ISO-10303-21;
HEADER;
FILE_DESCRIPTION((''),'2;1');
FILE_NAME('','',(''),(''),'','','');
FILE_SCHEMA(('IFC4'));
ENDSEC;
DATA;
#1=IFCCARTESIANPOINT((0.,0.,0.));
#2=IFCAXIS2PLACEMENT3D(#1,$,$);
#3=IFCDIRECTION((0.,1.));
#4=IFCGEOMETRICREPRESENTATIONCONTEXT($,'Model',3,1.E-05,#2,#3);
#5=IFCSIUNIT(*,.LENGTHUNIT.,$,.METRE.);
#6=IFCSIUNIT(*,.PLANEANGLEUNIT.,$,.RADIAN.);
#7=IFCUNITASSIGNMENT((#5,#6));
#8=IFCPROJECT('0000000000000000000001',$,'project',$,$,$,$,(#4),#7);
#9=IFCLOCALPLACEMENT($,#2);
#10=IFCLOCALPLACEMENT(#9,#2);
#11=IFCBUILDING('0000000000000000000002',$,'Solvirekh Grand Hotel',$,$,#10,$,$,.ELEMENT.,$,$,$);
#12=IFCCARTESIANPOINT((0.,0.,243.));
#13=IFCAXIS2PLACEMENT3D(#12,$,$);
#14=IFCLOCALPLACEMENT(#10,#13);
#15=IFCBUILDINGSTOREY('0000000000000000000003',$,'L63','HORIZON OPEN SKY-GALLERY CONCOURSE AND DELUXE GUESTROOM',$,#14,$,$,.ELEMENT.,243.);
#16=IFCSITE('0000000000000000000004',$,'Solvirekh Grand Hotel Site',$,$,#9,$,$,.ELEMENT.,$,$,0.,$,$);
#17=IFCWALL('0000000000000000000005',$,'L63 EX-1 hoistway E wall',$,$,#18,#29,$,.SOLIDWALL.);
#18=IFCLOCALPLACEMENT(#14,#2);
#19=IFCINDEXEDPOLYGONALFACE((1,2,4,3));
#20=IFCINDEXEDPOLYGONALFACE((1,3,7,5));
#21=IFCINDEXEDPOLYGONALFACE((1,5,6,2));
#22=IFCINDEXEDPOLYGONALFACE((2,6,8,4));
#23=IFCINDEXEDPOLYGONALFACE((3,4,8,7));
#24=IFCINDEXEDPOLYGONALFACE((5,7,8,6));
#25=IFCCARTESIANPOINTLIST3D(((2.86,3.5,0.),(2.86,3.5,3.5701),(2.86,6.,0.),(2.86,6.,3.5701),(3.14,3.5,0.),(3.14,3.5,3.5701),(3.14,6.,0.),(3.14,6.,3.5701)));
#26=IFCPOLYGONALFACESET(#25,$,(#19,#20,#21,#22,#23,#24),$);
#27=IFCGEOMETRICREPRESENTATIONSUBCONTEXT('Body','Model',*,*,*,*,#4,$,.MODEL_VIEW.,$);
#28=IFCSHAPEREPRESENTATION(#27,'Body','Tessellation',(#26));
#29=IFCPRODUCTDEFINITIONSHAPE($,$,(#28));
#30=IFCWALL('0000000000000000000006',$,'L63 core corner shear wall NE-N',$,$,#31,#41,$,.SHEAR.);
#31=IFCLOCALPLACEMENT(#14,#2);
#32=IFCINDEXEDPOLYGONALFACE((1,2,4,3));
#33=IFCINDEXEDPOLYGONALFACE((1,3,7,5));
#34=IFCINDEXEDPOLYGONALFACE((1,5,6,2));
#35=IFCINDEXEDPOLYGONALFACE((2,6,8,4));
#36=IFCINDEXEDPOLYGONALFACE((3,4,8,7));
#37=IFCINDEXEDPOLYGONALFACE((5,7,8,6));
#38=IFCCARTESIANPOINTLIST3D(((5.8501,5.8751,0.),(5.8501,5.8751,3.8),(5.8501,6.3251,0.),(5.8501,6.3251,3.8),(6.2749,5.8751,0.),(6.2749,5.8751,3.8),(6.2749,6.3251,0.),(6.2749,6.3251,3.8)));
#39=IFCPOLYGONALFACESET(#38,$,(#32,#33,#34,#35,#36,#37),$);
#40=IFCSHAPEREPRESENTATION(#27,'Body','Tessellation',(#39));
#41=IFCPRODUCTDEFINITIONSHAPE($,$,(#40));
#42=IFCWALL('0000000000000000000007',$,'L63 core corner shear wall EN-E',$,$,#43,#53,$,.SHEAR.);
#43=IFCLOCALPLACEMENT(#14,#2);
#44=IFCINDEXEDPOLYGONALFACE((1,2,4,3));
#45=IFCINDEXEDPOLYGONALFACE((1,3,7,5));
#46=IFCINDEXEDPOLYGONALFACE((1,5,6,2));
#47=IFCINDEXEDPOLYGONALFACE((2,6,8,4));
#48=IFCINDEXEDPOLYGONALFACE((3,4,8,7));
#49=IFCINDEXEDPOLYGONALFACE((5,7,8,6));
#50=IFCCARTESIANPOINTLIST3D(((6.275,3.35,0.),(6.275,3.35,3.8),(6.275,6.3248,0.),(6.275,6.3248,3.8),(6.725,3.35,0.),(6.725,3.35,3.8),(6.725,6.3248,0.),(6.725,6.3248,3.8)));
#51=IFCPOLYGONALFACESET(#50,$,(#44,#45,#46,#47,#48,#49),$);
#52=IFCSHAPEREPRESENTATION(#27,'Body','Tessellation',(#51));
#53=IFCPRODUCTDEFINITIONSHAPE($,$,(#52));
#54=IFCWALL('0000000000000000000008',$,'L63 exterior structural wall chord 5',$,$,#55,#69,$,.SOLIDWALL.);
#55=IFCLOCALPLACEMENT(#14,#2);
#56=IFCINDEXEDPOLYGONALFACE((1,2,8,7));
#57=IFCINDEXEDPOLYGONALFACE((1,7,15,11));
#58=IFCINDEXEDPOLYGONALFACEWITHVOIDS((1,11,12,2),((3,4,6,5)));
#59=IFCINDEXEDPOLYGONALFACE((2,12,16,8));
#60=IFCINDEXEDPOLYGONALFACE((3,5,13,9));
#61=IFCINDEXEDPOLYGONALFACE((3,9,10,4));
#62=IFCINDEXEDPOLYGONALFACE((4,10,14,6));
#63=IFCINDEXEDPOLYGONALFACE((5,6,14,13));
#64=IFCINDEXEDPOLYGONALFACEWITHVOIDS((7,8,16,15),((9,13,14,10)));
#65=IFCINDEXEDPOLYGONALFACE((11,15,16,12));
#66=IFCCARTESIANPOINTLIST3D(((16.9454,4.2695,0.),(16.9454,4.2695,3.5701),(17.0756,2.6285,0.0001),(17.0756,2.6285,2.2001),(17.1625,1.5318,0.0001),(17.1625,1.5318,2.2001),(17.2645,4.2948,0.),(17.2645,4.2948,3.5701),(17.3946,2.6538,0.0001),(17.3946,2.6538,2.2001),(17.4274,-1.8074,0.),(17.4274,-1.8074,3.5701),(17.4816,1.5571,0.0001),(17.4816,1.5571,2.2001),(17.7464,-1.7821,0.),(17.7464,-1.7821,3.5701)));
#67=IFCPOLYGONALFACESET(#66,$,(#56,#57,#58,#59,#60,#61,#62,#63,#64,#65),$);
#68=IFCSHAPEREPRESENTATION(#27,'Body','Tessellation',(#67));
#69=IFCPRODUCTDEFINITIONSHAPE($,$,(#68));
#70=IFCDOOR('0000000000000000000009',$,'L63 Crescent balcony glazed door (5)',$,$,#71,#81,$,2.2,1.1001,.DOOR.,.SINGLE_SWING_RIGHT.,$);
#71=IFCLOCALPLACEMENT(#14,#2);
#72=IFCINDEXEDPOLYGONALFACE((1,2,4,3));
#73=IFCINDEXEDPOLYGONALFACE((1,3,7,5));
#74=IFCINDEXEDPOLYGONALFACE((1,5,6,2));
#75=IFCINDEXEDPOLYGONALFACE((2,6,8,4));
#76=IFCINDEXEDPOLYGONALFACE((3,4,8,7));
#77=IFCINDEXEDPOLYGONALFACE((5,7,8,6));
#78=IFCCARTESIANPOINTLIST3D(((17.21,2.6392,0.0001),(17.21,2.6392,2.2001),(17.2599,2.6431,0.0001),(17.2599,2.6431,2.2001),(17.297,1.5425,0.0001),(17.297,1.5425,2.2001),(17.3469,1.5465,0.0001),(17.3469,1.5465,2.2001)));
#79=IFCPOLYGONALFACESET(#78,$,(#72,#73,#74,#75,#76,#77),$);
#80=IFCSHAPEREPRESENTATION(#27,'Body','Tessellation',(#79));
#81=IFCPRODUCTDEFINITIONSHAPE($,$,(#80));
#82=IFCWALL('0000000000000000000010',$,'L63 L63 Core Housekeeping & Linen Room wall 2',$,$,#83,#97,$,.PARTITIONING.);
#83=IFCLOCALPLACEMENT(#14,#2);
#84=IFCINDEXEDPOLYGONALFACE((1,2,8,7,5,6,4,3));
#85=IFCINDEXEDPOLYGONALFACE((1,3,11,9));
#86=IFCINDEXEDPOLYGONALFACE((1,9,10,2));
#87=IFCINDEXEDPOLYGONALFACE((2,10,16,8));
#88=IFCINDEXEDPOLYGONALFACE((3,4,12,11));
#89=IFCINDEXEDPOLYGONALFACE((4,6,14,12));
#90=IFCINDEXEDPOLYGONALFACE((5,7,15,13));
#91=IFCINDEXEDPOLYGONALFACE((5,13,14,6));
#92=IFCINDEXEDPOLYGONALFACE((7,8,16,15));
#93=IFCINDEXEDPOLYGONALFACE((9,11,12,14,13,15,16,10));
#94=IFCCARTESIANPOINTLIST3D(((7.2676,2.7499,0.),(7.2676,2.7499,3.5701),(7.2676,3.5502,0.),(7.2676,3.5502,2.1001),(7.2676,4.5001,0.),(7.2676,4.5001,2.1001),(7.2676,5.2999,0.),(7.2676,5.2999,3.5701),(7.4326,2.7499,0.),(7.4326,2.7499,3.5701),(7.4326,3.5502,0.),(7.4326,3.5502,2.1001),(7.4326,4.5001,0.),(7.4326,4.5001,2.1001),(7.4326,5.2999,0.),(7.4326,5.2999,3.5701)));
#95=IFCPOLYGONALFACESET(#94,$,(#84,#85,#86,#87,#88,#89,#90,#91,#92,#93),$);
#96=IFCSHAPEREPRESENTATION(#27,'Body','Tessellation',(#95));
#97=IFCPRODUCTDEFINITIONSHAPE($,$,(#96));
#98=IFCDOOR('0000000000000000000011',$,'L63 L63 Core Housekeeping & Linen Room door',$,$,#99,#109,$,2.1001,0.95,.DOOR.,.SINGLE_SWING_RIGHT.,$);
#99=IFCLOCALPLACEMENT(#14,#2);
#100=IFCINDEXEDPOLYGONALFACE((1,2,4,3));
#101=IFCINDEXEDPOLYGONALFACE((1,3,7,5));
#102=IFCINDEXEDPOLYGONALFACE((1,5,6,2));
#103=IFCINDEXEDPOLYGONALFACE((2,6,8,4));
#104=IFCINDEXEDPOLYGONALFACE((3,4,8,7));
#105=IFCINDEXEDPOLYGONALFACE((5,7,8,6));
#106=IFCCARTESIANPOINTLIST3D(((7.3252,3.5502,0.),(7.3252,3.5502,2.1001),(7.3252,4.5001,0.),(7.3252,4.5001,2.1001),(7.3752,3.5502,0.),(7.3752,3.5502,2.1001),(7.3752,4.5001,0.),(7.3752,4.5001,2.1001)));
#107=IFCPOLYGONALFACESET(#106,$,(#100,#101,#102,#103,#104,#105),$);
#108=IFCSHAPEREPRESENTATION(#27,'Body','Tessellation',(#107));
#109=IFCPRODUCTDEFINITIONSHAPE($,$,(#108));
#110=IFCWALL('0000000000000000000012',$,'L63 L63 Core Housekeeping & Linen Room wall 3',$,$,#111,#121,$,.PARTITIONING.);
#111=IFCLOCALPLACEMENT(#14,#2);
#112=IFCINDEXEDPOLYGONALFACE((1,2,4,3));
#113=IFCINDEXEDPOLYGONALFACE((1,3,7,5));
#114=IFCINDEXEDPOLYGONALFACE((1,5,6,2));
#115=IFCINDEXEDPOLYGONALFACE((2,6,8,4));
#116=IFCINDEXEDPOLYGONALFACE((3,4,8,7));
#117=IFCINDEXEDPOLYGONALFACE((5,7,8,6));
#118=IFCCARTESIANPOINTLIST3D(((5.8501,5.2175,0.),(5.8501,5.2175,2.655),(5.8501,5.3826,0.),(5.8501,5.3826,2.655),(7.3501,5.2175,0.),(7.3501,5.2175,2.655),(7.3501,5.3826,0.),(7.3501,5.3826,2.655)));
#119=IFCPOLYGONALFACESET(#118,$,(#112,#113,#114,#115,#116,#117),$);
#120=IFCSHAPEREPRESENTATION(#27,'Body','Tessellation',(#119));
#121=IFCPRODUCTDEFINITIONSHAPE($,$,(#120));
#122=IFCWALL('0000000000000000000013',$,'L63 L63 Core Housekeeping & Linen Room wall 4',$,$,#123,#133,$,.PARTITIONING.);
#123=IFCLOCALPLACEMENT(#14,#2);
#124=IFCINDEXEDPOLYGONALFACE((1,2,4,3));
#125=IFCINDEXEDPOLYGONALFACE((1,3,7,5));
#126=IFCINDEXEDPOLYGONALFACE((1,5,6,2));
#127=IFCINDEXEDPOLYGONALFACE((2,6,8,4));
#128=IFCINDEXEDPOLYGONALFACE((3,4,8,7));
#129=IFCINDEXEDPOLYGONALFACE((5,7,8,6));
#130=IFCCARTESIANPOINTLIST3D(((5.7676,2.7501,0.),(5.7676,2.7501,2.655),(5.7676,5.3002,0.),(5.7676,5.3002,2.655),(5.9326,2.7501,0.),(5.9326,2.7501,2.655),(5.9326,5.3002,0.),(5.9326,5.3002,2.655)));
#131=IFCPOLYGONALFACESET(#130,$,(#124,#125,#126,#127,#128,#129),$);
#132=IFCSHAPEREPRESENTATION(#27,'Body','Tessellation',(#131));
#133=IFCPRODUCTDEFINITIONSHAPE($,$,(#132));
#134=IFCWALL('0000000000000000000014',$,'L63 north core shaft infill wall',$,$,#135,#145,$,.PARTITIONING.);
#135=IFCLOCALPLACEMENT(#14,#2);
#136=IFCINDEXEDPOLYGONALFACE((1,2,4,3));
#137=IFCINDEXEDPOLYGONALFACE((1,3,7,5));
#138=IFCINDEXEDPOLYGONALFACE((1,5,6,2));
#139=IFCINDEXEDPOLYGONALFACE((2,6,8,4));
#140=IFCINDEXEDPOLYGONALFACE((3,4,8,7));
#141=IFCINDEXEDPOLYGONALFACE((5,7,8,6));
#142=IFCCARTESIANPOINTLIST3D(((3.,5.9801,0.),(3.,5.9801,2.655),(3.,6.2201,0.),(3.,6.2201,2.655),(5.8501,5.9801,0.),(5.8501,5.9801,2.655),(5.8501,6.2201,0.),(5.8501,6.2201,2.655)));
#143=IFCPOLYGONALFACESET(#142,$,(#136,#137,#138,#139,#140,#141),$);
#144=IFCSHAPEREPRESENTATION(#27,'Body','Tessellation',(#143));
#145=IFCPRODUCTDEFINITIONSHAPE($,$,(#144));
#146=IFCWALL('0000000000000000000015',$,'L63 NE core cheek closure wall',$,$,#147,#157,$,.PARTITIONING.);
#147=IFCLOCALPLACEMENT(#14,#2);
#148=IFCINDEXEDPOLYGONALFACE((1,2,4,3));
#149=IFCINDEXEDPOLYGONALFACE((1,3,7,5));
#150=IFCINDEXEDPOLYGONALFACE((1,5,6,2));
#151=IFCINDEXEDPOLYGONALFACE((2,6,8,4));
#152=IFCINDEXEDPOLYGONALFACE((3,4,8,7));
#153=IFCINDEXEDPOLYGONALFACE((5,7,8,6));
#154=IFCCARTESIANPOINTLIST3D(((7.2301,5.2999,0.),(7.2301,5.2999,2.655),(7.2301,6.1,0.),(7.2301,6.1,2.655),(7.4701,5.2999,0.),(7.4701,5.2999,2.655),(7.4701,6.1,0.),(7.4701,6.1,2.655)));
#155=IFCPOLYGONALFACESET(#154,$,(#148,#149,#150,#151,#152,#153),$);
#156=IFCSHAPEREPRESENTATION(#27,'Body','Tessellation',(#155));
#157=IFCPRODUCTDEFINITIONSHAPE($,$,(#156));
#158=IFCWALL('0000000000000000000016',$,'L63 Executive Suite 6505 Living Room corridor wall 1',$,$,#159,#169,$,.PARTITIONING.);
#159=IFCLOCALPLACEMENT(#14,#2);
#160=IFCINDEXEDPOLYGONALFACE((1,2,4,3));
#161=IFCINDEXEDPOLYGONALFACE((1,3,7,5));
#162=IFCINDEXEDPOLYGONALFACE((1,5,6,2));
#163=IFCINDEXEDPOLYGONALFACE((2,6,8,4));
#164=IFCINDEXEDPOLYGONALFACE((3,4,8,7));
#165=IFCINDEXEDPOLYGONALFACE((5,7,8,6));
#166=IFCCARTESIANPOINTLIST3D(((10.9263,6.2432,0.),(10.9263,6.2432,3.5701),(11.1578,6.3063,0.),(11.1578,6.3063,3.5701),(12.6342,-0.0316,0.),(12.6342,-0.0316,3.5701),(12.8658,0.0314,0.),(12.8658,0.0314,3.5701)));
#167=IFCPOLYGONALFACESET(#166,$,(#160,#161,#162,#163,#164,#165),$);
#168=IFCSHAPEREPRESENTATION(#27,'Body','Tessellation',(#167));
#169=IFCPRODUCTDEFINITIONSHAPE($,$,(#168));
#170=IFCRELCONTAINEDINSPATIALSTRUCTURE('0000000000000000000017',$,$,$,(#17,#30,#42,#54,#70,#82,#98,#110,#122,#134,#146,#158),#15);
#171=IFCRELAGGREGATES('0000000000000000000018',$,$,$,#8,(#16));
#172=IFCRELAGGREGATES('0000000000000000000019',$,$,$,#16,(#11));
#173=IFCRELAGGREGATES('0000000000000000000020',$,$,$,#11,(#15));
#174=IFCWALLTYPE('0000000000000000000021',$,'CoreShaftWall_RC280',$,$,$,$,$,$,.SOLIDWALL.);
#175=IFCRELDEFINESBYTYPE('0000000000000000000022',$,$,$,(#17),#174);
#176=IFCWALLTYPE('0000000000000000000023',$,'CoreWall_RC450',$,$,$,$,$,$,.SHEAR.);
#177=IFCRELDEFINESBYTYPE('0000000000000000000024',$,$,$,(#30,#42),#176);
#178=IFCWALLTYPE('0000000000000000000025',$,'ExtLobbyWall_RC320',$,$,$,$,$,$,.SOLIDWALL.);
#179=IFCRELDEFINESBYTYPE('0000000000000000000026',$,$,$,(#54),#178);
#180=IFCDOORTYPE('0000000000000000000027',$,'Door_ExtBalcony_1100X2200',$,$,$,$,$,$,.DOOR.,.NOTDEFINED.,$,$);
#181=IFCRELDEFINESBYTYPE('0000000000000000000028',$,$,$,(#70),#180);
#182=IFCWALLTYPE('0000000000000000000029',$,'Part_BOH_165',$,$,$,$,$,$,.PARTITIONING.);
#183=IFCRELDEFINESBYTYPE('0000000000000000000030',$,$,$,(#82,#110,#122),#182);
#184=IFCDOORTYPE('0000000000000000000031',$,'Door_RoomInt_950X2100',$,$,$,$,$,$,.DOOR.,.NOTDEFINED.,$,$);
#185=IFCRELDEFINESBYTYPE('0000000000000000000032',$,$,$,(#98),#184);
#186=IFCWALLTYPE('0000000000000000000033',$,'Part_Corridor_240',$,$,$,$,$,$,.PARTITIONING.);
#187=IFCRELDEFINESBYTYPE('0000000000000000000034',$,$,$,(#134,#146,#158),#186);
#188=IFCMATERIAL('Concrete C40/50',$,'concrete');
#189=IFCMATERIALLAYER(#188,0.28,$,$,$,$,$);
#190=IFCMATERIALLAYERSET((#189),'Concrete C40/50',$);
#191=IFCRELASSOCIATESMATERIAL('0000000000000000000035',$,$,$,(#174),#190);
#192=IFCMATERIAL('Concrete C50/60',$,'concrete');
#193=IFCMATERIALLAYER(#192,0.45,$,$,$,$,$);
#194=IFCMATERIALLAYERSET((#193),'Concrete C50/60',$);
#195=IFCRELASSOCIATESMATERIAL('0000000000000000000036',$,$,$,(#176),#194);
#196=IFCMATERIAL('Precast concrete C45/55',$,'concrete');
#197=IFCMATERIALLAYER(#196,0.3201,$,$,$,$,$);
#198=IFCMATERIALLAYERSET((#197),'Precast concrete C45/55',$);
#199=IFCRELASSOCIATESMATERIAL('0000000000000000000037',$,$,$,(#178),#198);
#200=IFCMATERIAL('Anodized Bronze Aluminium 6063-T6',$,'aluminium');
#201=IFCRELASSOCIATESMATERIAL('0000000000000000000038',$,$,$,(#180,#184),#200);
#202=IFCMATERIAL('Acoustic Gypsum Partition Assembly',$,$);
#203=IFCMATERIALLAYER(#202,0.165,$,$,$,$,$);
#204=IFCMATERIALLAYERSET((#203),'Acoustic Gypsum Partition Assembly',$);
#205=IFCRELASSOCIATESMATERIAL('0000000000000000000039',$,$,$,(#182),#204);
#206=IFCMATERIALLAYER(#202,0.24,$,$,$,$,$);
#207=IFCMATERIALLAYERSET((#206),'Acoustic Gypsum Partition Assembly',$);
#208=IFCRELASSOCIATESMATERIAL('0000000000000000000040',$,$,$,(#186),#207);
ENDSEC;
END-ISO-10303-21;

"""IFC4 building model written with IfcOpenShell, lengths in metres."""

from ifc_helpers import new_model, si_unit, direction, frame, frame_2d, origin, place, context, subcontext, project, spatial, rectangle, extrude, material, layer, layer_set, type_object, element, fill, save


model = new_model("IFC4")

# Units and contexts
model_context = context("Model", 3, precision=1e-05, world=origin(), true_north=direction((0.0, 1.0)))
body_context = subcontext(model_context, "Body", "Model", "MODEL_VIEW")
ifc_project = project(units=[si_unit("LENGTHUNIT", "METRE"), si_unit("PLANEANGLEUNIT", "RADIAN")], contexts=[model_context])

# Site, building, storey
site_placement = place(None, origin())
site = spatial("IfcSite", under=ifc_project, at=site_placement, Name="Solvirekh Grand Hotel Site", CompositionType="ELEMENT", RefElevation=0.0)
building_placement = place(site_placement, origin())
building = spatial("IfcBuilding", under=site, at=building_placement, Name="Solvirekh Grand Hotel", CompositionType="ELEMENT")
storey_placement = place(building_placement, frame((0.0, 0.0, 243.0)))
storey = spatial("IfcBuildingStorey", under=building, at=storey_placement, Name="L63", Description="HORIZON OPEN SKY-GALLERY CONCOURSE AND DELUXE GUESTROOM", CompositionType="ELEMENT", Elevation=243.0)

# Shared definitions
ifc_material_1 = material(Name="Concrete C50/60", Category="concrete")

# Shared definitions
ifc_material_2 = material(Name="Concrete C40/50", Category="concrete")
ifc_layer_1 = layer(ifc_material_2, 0.28)
ifc_layer_set_1 = layer_set([ifc_layer_1], Name="Concrete C40/50")
wall_type_1 = type_object("IfcWallType", Name="CoreShaftWall_RC280", PredefinedType="SOLIDWALL", material=ifc_layer_set_1)

# Walls
wall_1_placement = place(storey_placement, frame((3.0, 3.5, 0.0), z_axis=(0.0, 0.0, 1.0), x_axis=(0.0, 1.0, 0.0)))
element("IfcWall", 1, at=wall_1_placement, inside=storey, type_object=wall_type_1, Name="L63 EX-1 hoistway E wall", PredefinedType="SOLIDWALL", context=body_context, shape_type="SweptSolid", body=[
    extrude(rectangle(XDim=2.5, YDim=0.28, at=frame_2d((1.25, 0.0))), origin(), (0.0, 0.0, 1.0), 3.5701),
])
ifc_layer_2 = layer(ifc_material_1, 0.45)
ifc_layer_set_2 = layer_set([ifc_layer_2], Name="Concrete C50/60")
wall_type_2 = type_object("IfcWallType", Name="CoreWall_RC450", PredefinedType="SHEAR", material=ifc_layer_set_2)
wall_2_placement = place(storey_placement, frame((5.8501, 6.1001, 0.0), z_axis=(0.0, 0.0, 1.0), x_axis=(1.0, 0.0, 0.0)))
element("IfcWall", 2, at=wall_2_placement, inside=storey, type_object=wall_type_2, Name="L63 core corner shear wall NE-N", PredefinedType="SHEAR", context=body_context, shape_type="SweptSolid", body=[
    extrude(rectangle(XDim=0.4248, YDim=0.45, at=frame_2d((0.2124, 0.0))), origin(), (0.0, 0.0, 1.0), 3.8),
])
wall_3_placement = place(storey_placement, frame((6.5, 3.3501, 0.0), z_axis=(0.0, 0.0, 1.0), x_axis=(0.0, 1.0, 0.0)))
element("IfcWall", 3, at=wall_3_placement, inside=storey, type_object=wall_type_2, Name="L63 core corner shear wall EN-E", PredefinedType="SHEAR", context=body_context, shape_type="SweptSolid", body=[
    extrude(rectangle(XDim=2.9749, YDim=0.45, at=frame_2d((1.4873, 0.0))), origin(), (0.0, 0.0, 1.0), 3.8),
])

# Walls, openings, doors
ifc_material_3 = material(Name="Precast concrete C45/55", Category="concrete")
ifc_layer_3 = layer(ifc_material_3, 0.3201)
ifc_layer_set_3 = layer_set([ifc_layer_3], Name="Precast concrete C45/55")
wall_type_3 = type_object("IfcWallType", Name="ExtLobbyWall_RC320", PredefinedType="SOLIDWALL", material=ifc_layer_set_3)
wall_4_placement = place(storey_placement, frame((17.105, 4.282, 0.0), z_axis=(0.0, 0.0, 1.0), x_axis=(0.079058, -0.99687, 0.0)))
wall_4 = element("IfcWall", 4, at=wall_4_placement, inside=storey, type_object=wall_type_3, Name="L63 exterior structural wall chord 5", PredefinedType="SOLIDWALL", context=body_context, shape_type="SweptSolid", body=[
    extrude(rectangle(XDim=6.0959, YDim=0.3201, at=frame_2d((3.0479, 0.0))), origin(), (0.0, 0.0, 1.0), 3.5701),
])
opening_1_placement = place(wall_4_placement, frame((1.646, 0.0, 0.0)))
opening_1 = element("IfcOpeningElement", 5, at=opening_1_placement, cuts=wall_4, PredefinedType="OPENING", context=body_context, shape_type="SweptSolid", body=[
    extrude(rectangle(XDim=1.1001, YDim=2.2, at=frame_2d((0.55, 1.1001))), frame((0.0, 0.1699, 0.0), z_axis=(0.0, -1.0, 0.0), x_axis=(1.0, 0.0, 0.0)), (0.0, 0.0, 1.0), 0.3401),
])
ifc_material_4 = material(Name="Anodized Bronze Aluminium 6063-T6", Category="aluminium")
door_type_1 = type_object("IfcDoorType", Name="Door_ExtBalcony_1100X2200", OperationType="NOTDEFINED", PredefinedType="DOOR", material=ifc_material_4)
door_1_placement = place(opening_1_placement, origin())
door_1 = element("IfcDoor", 6, at=door_1_placement, inside=storey, type_object=door_type_1, Name="L63 Crescent balcony glazed door (5)", OperationType="SINGLE_SWING_RIGHT", OverallHeight=2.2, OverallWidth=1.1001, PredefinedType="DOOR", context=body_context, shape_type="SweptSolid", body=[
    extrude(rectangle(XDim=1.1001, YDim=2.2, at=frame_2d((0.55, 1.1001))), frame((0.0, 0.0249, 0.0), z_axis=(0.0, -1.0, 0.0), x_axis=(1.0, 0.0, 0.0)), (0.0, 0.0, 1.0), 0.05),
])
fill(opening_1, door_1)
ifc_material_5 = material(Name="Acoustic Gypsum Partition Assembly")
ifc_layer_4 = layer(ifc_material_5, 0.165)
ifc_layer_set_4 = layer_set([ifc_layer_4], Name="Acoustic Gypsum Partition Assembly")
wall_type_4 = type_object("IfcWallType", Name="Part_BOH_165", PredefinedType="PARTITIONING", material=ifc_layer_set_4)
wall_5_placement = place(storey_placement, frame((7.3501, 2.75, 0.0), z_axis=(0.0, 0.0, 1.0), x_axis=(0.0, 1.0, 0.0)))
wall_5 = element("IfcWall", 7, at=wall_5_placement, inside=storey, type_object=wall_type_4, Name="L63 L63 Core Housekeeping & Linen Room wall 2", PredefinedType="PARTITIONING", context=body_context, shape_type="SweptSolid", body=[
    extrude(rectangle(XDim=2.55, YDim=0.165, at=frame_2d((1.2749, 0.0))), origin(), (0.0, 0.0, 1.0), 3.5701),
])
opening_2_placement = place(wall_5_placement, frame((0.8, 0.0, 0.0)))
opening_2 = element("IfcOpeningElement", 8, at=opening_2_placement, cuts=wall_5, PredefinedType="OPENING", context=body_context, shape_type="SweptSolid", body=[
    extrude(rectangle(XDim=0.95, YDim=2.1001, at=frame_2d((0.4751, 1.05))), frame((0.0, 0.0925, 0.0), z_axis=(0.0, -1.0, 0.0), x_axis=(1.0, 0.0, 0.0)), (0.0, 0.0, 1.0), 0.1851),
])
door_type_2 = type_object("IfcDoorType", Name="Door_RoomInt_950X2100", OperationType="NOTDEFINED", PredefinedType="DOOR", material=ifc_material_4)
door_2_placement = place(opening_2_placement, origin())
door_2 = element("IfcDoor", 9, at=door_2_placement, inside=storey, type_object=door_type_2, Name="L63 L63 Core Housekeeping & Linen Room door", OperationType="SINGLE_SWING_RIGHT", OverallHeight=2.1001, OverallWidth=0.95, PredefinedType="DOOR", context=body_context, shape_type="SweptSolid", body=[
    extrude(rectangle(XDim=0.95, YDim=2.1001, at=frame_2d((0.4751, 1.05))), frame((0.0, 0.0249, 0.0), z_axis=(0.0, -1.0, 0.0), x_axis=(1.0, 0.0, 0.0)), (0.0, 0.0, 1.0), 0.05),
])
fill(opening_2, door_2)

# Walls
wall_6_placement = place(storey_placement, frame((7.3501, 5.3, 0.0), z_axis=(0.0, 0.0, 1.0), x_axis=(-1.0, 0.0, 0.0)))
element("IfcWall", 10, at=wall_6_placement, inside=storey, type_object=wall_type_4, Name="L63 L63 Core Housekeeping & Linen Room wall 3", PredefinedType="PARTITIONING", context=body_context, shape_type="SweptSolid", body=[
    extrude(rectangle(XDim=1.5, YDim=0.165, at=frame_2d((0.75, 0.0))), origin(), (0.0, 0.0, 1.0), 2.655),
])
wall_7_placement = place(storey_placement, frame((5.8501, 5.3, 0.0), z_axis=(0.0, 0.0, 1.0), x_axis=(0.0, -1.0, 0.0)))
element("IfcWall", 11, at=wall_7_placement, inside=storey, type_object=wall_type_4, Name="L63 L63 Core Housekeeping & Linen Room wall 4", PredefinedType="PARTITIONING", context=body_context, shape_type="SweptSolid", body=[
    extrude(rectangle(XDim=2.55, YDim=0.165, at=frame_2d((1.2749, 0.0))), origin(), (0.0, 0.0, 1.0), 2.655),
])
ifc_layer_5 = layer(ifc_material_5, 0.24)
ifc_layer_set_5 = layer_set([ifc_layer_5], Name="Acoustic Gypsum Partition Assembly")
wall_type_5 = type_object("IfcWallType", Name="Part_Corridor_240", PredefinedType="PARTITIONING", material=ifc_layer_set_5)
wall_8_placement = place(storey_placement, frame((3.0, 6.1001, 0.0), z_axis=(0.0, 0.0, 1.0), x_axis=(1.0, 0.0, 0.0)))
element("IfcWall", 12, at=wall_8_placement, inside=storey, type_object=wall_type_5, Name="L63 north core shaft infill wall", PredefinedType="PARTITIONING", context=body_context, shape_type="SweptSolid", body=[
    extrude(rectangle(XDim=2.8501, YDim=0.24, at=frame_2d((1.425, 0.0))), origin(), (0.0, 0.0, 1.0), 2.655),
])
wall_9_placement = place(storey_placement, frame((7.3501, 5.3, 0.0), z_axis=(0.0, 0.0, 1.0), x_axis=(0.0, 1.0, 0.0)))
element("IfcWall", 13, at=wall_9_placement, inside=storey, type_object=wall_type_5, Name="L63 NE core cheek closure wall", PredefinedType="PARTITIONING", context=body_context, shape_type="SweptSolid", body=[
    extrude(rectangle(XDim=0.8, YDim=0.24, at=frame_2d((0.3999, 0.0))), origin(), (0.0, 0.0, 1.0), 2.655),
])
wall_10_placement = place(storey_placement, frame((12.75, 0.0, 0.0), z_axis=(0.0, 0.0, 1.0), x_axis=(-0.262641, 0.964894, 0.0)))
element("IfcWall", 14, at=wall_10_placement, inside=storey, type_object=wall_type_5, Name="L63 Executive Suite 6505 Living Room corridor wall 1", PredefinedType="PARTITIONING", context=body_context, shape_type="SweptSolid", body=[
    extrude(rectangle(XDim=6.5032, YDim=0.24, at=frame_2d((3.2515, 0.0))), origin(), (0.0, 0.0, 1.0), 3.5701),
])

save(model, "model.ifc")
